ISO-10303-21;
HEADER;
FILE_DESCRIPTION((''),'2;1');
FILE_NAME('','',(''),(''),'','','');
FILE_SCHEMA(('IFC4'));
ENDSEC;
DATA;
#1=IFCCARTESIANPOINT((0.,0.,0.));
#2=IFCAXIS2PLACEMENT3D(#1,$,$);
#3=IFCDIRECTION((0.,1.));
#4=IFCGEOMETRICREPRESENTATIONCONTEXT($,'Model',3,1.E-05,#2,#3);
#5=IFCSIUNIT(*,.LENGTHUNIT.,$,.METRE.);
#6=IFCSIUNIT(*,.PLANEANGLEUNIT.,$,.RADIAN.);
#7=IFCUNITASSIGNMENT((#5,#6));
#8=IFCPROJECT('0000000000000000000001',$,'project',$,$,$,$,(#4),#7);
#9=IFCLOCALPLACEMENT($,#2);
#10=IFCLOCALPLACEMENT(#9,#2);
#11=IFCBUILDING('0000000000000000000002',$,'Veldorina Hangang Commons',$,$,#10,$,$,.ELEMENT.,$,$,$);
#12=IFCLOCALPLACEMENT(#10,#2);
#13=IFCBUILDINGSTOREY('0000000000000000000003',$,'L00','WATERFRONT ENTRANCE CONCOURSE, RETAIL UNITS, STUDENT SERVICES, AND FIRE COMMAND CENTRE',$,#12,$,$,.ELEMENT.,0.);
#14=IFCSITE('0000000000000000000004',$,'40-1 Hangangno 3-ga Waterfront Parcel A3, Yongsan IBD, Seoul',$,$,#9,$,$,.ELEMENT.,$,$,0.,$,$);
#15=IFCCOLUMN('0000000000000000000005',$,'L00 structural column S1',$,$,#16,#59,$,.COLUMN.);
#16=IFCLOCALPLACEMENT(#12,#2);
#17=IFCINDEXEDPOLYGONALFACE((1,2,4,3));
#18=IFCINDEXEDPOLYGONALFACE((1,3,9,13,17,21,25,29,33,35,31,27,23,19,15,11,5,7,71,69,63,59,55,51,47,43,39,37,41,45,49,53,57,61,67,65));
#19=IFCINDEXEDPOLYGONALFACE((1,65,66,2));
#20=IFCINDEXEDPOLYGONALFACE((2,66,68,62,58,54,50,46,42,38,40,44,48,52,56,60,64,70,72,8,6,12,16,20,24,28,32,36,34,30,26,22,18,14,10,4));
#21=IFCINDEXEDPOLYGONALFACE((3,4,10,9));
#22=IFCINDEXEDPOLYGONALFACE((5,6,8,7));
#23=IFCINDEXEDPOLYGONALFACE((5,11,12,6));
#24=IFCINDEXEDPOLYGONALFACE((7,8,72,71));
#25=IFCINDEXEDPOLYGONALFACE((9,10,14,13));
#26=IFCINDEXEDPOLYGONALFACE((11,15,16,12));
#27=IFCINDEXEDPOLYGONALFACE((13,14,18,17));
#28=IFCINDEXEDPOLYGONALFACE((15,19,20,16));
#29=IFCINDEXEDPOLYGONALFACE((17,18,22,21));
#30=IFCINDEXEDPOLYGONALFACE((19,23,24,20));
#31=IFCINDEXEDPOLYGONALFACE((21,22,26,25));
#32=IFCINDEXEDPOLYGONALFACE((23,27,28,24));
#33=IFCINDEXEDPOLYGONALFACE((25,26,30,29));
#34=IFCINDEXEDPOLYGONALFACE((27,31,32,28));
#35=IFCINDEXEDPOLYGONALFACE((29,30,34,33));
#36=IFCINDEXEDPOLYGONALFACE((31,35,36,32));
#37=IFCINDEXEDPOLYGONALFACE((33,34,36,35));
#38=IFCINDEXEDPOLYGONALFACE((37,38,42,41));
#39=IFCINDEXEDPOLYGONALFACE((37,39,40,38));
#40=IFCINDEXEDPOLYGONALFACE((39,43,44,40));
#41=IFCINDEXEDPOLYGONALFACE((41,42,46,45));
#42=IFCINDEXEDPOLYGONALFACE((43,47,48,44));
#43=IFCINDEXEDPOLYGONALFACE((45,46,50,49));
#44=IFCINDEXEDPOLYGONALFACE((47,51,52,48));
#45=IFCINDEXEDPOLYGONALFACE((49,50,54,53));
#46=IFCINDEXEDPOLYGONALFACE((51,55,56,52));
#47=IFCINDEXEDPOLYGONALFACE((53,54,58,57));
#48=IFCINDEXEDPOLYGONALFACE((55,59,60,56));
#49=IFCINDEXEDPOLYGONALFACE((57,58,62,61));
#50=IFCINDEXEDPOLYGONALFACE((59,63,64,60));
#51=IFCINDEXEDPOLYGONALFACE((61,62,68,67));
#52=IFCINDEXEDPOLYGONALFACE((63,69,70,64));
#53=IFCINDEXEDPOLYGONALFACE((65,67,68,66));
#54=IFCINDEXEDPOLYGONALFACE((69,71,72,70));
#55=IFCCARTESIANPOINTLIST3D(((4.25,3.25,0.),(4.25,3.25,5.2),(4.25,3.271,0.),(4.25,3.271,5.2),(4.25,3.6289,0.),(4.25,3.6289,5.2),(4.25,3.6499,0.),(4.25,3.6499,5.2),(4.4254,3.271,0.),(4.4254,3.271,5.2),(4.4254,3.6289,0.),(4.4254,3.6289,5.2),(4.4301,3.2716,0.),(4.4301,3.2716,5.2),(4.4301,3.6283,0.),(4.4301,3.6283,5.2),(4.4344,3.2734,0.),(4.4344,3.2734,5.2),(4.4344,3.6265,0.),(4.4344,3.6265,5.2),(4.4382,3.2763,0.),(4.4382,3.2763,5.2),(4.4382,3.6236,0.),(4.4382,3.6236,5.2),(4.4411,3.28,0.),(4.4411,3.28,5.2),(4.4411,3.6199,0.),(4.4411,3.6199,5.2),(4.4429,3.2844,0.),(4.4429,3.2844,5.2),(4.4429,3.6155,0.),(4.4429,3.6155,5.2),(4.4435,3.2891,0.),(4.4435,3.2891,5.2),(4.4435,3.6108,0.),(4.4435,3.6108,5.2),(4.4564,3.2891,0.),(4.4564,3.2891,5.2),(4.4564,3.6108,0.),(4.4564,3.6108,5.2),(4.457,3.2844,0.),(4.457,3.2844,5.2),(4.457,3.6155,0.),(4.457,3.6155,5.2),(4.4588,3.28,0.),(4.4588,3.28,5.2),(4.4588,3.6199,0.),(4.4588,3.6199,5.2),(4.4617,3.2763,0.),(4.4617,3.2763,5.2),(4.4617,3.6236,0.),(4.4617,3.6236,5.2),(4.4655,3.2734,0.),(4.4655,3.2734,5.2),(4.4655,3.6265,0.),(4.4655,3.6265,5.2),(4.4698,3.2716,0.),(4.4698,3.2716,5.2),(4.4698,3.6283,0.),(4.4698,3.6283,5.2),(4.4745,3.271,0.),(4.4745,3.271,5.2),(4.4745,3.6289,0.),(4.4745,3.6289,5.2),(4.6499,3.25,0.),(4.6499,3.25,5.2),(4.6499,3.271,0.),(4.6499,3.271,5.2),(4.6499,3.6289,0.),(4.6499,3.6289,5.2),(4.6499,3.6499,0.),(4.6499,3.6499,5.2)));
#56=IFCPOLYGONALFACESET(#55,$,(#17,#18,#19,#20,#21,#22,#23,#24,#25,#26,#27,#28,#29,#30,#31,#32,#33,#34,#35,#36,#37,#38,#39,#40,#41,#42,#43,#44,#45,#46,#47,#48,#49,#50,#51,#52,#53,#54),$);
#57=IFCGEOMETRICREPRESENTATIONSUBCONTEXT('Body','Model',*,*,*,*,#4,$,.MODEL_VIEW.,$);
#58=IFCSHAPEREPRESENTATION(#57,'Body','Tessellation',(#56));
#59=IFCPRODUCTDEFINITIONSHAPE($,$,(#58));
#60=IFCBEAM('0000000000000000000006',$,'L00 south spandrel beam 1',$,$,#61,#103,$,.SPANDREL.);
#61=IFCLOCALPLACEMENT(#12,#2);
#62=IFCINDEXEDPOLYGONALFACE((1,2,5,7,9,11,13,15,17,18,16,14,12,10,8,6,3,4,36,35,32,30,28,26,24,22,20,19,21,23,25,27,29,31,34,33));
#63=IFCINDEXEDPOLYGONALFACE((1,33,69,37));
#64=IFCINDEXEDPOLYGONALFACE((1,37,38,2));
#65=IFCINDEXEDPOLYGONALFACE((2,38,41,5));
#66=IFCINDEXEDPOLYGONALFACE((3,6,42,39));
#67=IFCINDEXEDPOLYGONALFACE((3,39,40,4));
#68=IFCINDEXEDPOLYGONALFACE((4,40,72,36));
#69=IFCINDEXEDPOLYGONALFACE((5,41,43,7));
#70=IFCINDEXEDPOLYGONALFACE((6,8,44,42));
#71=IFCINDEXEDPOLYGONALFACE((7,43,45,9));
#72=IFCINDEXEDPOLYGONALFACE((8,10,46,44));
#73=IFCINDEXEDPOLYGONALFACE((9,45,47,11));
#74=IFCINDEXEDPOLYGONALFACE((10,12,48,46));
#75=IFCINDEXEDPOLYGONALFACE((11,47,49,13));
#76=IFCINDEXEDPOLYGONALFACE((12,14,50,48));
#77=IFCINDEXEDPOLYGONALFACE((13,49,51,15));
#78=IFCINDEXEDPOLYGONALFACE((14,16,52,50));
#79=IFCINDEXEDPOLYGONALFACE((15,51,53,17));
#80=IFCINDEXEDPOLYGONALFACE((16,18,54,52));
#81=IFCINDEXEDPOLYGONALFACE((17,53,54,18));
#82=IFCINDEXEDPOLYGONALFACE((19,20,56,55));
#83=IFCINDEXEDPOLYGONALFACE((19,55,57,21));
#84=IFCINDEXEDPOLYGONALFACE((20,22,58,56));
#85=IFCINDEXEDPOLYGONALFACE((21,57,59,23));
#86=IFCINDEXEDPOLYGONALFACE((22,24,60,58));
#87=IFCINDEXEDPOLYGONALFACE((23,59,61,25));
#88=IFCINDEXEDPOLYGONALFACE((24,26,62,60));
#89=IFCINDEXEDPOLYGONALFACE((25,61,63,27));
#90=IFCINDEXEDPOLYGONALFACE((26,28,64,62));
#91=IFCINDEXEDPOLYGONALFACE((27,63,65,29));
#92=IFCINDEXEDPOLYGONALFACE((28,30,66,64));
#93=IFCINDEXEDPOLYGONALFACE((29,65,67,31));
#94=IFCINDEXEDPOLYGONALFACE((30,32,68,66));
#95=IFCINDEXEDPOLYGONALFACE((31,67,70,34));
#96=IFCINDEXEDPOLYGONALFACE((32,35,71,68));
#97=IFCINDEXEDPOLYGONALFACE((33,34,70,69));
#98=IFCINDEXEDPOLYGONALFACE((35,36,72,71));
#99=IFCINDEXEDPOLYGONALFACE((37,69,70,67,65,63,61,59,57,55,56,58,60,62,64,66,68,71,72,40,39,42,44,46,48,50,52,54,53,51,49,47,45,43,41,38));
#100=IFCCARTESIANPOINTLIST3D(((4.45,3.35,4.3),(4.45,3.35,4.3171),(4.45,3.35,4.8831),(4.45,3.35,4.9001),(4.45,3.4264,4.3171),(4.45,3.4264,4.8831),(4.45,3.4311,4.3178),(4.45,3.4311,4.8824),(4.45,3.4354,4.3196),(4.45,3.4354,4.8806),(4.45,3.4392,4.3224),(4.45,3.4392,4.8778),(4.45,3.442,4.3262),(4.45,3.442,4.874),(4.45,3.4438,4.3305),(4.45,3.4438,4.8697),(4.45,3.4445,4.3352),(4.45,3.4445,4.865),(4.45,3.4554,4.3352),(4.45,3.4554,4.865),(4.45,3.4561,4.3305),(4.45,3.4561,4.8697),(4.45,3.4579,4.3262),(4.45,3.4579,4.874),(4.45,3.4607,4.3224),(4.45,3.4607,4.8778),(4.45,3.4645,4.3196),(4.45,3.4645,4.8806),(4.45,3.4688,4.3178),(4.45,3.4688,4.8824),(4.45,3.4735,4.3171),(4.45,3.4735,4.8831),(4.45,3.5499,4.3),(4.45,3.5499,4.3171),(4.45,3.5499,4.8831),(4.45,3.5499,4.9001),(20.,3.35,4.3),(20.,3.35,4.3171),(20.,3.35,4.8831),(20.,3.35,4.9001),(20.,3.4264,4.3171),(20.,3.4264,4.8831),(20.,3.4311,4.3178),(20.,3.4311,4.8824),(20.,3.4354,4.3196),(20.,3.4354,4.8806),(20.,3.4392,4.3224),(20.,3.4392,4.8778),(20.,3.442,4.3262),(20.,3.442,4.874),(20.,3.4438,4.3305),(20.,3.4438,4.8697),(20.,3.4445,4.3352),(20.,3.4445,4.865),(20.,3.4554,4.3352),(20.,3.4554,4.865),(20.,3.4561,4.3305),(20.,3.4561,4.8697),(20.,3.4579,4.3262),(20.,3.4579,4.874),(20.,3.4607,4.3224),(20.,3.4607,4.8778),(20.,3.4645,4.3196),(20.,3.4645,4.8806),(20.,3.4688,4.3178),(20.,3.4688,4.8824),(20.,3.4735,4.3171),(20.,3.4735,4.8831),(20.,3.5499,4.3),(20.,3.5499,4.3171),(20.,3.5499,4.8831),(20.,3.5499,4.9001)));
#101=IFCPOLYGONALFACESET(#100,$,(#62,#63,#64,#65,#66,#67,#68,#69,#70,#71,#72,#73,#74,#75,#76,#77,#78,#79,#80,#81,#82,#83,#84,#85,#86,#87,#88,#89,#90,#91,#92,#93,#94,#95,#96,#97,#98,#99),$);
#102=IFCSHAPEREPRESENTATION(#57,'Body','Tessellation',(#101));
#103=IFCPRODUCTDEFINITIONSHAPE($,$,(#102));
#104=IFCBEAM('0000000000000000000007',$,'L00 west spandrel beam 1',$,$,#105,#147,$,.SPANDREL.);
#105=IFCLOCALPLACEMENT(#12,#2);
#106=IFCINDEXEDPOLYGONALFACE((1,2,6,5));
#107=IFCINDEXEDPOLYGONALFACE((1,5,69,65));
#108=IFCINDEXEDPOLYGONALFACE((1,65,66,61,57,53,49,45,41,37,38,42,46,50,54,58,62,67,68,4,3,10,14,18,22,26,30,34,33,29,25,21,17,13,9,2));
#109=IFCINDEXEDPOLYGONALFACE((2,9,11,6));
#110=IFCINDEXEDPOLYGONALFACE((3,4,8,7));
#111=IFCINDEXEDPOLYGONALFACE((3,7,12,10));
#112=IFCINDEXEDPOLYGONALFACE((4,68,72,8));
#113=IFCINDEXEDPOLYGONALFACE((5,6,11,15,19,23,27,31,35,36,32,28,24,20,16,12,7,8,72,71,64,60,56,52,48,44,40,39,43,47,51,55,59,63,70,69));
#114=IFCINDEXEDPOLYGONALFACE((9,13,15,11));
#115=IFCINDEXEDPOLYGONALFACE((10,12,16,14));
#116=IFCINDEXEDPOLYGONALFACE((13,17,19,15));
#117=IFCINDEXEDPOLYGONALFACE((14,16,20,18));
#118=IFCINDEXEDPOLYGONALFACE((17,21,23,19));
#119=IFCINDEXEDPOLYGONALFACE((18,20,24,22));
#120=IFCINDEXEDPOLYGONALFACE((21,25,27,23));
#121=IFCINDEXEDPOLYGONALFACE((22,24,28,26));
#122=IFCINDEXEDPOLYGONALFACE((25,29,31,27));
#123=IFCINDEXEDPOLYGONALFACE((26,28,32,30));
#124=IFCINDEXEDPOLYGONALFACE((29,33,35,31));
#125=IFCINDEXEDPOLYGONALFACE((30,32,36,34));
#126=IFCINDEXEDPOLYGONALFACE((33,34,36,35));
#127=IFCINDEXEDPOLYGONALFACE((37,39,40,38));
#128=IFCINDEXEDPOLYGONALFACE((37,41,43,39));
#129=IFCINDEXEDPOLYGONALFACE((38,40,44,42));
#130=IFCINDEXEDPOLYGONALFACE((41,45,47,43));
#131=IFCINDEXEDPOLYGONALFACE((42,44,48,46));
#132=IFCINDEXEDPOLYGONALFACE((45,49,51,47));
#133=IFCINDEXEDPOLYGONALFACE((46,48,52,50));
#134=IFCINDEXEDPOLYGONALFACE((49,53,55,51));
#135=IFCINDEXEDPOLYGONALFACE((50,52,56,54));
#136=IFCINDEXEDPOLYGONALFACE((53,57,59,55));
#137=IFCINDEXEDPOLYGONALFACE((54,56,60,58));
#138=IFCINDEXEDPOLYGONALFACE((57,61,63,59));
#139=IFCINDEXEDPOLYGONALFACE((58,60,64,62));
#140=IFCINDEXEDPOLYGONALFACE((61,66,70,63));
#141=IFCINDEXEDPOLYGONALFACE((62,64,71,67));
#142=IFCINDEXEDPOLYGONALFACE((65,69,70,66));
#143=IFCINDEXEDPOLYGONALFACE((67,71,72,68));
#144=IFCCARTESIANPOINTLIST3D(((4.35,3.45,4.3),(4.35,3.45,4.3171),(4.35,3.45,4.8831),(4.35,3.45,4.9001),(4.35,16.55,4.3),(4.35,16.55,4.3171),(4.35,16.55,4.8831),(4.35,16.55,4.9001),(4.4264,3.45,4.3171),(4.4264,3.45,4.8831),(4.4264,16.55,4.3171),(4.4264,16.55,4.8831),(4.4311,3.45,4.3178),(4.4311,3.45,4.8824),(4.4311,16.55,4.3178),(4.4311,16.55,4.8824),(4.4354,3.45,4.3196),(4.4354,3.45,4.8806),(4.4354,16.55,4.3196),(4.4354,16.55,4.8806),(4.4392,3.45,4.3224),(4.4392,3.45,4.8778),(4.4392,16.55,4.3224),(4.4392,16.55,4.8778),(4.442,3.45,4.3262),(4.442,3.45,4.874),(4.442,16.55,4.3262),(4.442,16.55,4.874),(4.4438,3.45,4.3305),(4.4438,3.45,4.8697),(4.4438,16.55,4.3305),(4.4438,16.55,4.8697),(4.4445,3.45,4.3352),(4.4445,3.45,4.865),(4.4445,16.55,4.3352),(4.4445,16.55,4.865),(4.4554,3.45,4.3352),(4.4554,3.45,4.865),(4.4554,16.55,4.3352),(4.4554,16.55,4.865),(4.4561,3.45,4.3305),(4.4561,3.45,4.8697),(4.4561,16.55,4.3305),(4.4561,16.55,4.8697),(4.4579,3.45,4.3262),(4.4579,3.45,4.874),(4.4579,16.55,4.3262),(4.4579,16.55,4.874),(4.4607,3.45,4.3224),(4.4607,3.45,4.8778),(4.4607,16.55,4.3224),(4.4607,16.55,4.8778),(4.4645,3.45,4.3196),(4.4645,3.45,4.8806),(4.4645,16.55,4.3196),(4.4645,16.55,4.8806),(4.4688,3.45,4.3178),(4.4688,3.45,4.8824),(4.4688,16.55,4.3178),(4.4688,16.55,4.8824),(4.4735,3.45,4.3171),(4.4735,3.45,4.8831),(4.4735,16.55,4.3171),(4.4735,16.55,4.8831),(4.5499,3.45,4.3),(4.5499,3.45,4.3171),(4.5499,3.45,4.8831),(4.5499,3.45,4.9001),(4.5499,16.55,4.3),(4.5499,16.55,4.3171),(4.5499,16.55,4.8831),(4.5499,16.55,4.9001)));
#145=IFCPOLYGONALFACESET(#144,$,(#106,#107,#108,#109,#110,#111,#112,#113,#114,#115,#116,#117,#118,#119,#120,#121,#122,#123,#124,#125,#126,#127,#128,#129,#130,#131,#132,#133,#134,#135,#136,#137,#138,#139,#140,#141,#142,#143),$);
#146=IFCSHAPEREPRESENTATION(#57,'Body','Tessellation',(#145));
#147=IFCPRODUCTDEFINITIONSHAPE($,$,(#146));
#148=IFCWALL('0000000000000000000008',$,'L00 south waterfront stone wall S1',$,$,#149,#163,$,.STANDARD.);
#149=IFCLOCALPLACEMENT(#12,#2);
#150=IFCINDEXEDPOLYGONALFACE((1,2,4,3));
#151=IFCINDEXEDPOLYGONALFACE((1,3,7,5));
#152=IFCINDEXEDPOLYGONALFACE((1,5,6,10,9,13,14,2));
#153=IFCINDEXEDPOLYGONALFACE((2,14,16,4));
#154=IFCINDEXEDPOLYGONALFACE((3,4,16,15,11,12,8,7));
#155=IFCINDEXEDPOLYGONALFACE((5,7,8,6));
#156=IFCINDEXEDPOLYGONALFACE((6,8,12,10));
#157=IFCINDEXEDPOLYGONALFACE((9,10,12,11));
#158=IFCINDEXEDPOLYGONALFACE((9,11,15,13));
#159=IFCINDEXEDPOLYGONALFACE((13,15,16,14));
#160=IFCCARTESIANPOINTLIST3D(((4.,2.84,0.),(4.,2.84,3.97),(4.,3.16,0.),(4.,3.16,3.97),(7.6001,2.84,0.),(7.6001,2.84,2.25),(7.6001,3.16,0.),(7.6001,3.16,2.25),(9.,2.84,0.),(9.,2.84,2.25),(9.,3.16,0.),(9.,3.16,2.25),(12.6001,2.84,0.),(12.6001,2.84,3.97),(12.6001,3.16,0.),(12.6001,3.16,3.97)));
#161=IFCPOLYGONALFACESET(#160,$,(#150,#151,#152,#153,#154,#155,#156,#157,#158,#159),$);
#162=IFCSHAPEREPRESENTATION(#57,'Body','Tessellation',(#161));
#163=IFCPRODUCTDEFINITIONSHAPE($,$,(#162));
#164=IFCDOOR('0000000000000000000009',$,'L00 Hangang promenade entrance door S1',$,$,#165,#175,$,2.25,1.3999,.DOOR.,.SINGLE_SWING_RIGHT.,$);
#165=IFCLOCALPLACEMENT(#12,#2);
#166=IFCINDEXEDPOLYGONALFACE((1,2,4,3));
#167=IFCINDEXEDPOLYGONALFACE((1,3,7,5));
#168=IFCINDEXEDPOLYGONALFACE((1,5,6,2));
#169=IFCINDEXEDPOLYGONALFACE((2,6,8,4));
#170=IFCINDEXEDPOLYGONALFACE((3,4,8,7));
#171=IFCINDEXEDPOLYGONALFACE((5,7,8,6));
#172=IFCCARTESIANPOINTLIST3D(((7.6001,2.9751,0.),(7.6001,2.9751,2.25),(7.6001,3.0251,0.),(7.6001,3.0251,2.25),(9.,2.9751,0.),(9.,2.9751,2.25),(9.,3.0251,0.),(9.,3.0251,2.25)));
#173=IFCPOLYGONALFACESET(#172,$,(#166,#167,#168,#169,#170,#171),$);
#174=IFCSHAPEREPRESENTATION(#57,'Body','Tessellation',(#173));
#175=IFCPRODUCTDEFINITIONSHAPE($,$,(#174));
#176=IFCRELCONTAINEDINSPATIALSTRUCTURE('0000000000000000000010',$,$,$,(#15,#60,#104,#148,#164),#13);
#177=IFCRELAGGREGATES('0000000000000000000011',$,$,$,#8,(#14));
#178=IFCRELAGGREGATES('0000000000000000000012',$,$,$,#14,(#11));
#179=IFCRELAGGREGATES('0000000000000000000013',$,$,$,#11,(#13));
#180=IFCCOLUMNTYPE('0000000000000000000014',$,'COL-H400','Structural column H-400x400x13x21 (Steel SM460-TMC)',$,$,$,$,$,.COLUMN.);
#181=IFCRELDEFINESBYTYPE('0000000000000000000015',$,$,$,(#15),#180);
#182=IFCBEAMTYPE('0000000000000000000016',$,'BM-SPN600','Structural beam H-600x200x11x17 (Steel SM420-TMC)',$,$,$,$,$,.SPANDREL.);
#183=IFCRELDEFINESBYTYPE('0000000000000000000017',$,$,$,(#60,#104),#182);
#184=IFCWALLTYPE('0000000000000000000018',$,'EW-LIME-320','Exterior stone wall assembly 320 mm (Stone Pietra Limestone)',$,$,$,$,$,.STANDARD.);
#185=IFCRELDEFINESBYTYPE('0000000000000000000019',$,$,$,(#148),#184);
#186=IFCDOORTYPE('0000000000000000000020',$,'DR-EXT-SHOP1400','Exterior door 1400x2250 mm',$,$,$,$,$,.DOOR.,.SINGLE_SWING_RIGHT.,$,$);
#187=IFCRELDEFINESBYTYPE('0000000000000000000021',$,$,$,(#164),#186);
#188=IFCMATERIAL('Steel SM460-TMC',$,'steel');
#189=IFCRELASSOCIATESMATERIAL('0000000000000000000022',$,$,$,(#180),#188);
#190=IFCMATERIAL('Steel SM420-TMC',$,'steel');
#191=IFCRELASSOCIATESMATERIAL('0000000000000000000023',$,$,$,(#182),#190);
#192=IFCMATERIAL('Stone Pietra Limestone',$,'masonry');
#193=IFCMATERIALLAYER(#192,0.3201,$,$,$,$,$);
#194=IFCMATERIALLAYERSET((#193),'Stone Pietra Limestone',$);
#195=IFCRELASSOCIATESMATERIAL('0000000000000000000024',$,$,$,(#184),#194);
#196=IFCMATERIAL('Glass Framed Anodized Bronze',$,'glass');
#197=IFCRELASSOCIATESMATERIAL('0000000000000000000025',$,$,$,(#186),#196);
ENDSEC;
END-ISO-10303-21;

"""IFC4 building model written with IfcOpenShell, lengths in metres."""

from ifc_helpers import new_model, si_unit, direction, frame, frame_2d, origin, origin_2d, place, context, subcontext, project, spatial, rectangle, i_section, extrude, material, layer, layer_set, material_profile, profile_set, type_object, element, fill, save


model = new_model("IFC4")

# Units and contexts
model_context = context("Model", 3, precision=1e-05, world=origin(), true_north=direction((0.0, 1.0)))
body_context = subcontext(model_context, "Body", "Model", "MODEL_VIEW")
ifc_project = project(units=[si_unit("LENGTHUNIT", "METRE"), si_unit("PLANEANGLEUNIT", "RADIAN")], contexts=[model_context])

# Site, building, storey
site_placement = place(None, origin())
site = spatial("IfcSite", under=ifc_project, at=site_placement, Name="40-1 Hangangno 3-ga Waterfront Parcel A3, Yongsan IBD, Seoul", CompositionType="ELEMENT", RefElevation=0.0)
building_placement = place(site_placement, origin())
building = spatial("IfcBuilding", under=site, at=building_placement, Name="Veldorina Hangang Commons", CompositionType="ELEMENT")
storey_placement = place(building_placement, origin())
storey = spatial("IfcBuildingStorey", under=building, at=storey_placement, Name="L00", Description="WATERFRONT ENTRANCE CONCOURSE, RETAIL UNITS, STUDENT SERVICES, AND FIRE COMMAND CENTRE", CompositionType="ELEMENT", Elevation=0.0)

# Column
ifc_material_1 = material(Name="Steel SM460-TMC", Category="steel")
ifc_material_profile_1 = material_profile(ifc_material_1, i_section(OverallWidth=0.3999, OverallDepth=0.3999, WebThickness=0.0129, FlangeThickness=0.021, FilletRadius=0.0181, at=origin_2d()), Name="H-400x400x13x21")
ifc_profile_set_1 = profile_set([ifc_material_profile_1], Name="Steel SM460-TMC")
column_type = type_object("IfcColumnType", Name="COL-H400", Description="Structural column H-400x400x13x21 (Steel SM460-TMC)", PredefinedType="COLUMN", material=ifc_profile_set_1)
column_placement = place(storey_placement, frame((4.45, 3.45, 0.0), z_axis=(0.0, 0.0, 1.0), x_axis=(1.0, 0.0, 0.0)))
element("IfcColumn", 1, at=column_placement, inside=storey, type_object=column_type, Name="L00 structural column S1", PredefinedType="COLUMN", context=body_context, shape_type="SweptSolid", body=[
    extrude(i_section(OverallWidth=0.3999, OverallDepth=0.3999, WebThickness=0.0129, FlangeThickness=0.021, FilletRadius=0.0181, at=origin_2d()), origin(), (0.0, 0.0, 1.0), 5.2),
])

# Beams
ifc_material_2 = material(Name="Steel SM420-TMC", Category="steel")
ifc_material_profile_2 = material_profile(ifc_material_2, i_section(OverallWidth=0.2, OverallDepth=0.6001, WebThickness=0.011, FlangeThickness=0.0171, FilletRadius=0.0181, at=origin_2d()), Name="H-600x200x11x17")
ifc_profile_set_2 = profile_set([ifc_material_profile_2], Name="Steel SM420-TMC")
beam_type = type_object("IfcBeamType", Name="BM-SPN600", Description="Structural beam H-600x200x11x17 (Steel SM420-TMC)", PredefinedType="SPANDREL", material=ifc_profile_set_2)
beam_1_placement = place(storey_placement, frame((4.45, 3.45, 4.6001), z_axis=(1.0, 0.0, 0.0), x_axis=(0.0, 1.0, 0.0)))
element("IfcBeam", 2, at=beam_1_placement, inside=storey, type_object=beam_type, Name="L00 south spandrel beam 1", PredefinedType="SPANDREL", context=body_context, shape_type="SweptSolid", body=[
    extrude(i_section(OverallWidth=0.2, OverallDepth=0.6001, WebThickness=0.011, FlangeThickness=0.0171, FilletRadius=0.0181, at=origin_2d()), origin(), (0.0, 0.0, 1.0), 15.55),
])
beam_2_placement = place(storey_placement, frame((4.45, 3.45, 4.6001), z_axis=(0.0, 1.0, 0.0), x_axis=(-1.0, 0.0, 0.0)))
element("IfcBeam", 3, at=beam_2_placement, inside=storey, type_object=beam_type, Name="L00 west spandrel beam 1", PredefinedType="SPANDREL", context=body_context, shape_type="SweptSolid", body=[
    extrude(i_section(OverallWidth=0.2, OverallDepth=0.6001, WebThickness=0.011, FlangeThickness=0.0171, FilletRadius=0.0181, at=origin_2d()), origin(), (0.0, 0.0, 1.0), 13.1001),
])

# Wall, opening, door
ifc_material_3 = material(Name="Stone Pietra Limestone", Category="masonry")
ifc_layer_1 = layer(ifc_material_3, 0.3201)
ifc_layer_set_1 = layer_set([ifc_layer_1], Name="Stone Pietra Limestone")
wall_type_1 = type_object("IfcWallType", Name="EW-LIME-320", Description="Exterior stone wall assembly 320 mm (Stone Pietra Limestone)", PredefinedType="STANDARD", material=ifc_layer_set_1)
wall_1_placement = place(storey_placement, frame((4.0, 3.0, 0.0), z_axis=(0.0, 0.0, 1.0), x_axis=(1.0, 0.0, 0.0)))
wall_1 = element("IfcWall", 4, at=wall_1_placement, inside=storey, type_object=wall_type_1, Name="L00 south waterfront stone wall S1", PredefinedType="STANDARD", context=body_context, shape_type="SweptSolid", body=[
    extrude(rectangle(XDim=8.6001, YDim=0.3201, at=frame_2d((4.3, 0.0))), origin(), (0.0, 0.0, 1.0), 3.97),
])
opening_1_placement = place(wall_1_placement, frame((3.6001, 0.0, 0.0)))
opening_1 = element("IfcOpeningElement", 5, at=opening_1_placement, cuts=wall_1, PredefinedType="OPENING", context=body_context, shape_type="SweptSolid", body=[
    extrude(rectangle(XDim=1.3999, YDim=2.25, at=frame_2d((0.7, 1.125))), frame((0.0, 0.1699, 0.0), z_axis=(0.0, -1.0, 0.0), x_axis=(1.0, 0.0, 0.0)), (0.0, 0.0, 1.0), 0.3401),
])
ifc_material_4 = material(Name="Glass Framed Anodized Bronze", Category="glass")
door_type_1 = type_object("IfcDoorType", Name="DR-EXT-SHOP1400", Description="Exterior door 1400x2250 mm", OperationType="SINGLE_SWING_RIGHT", PredefinedType="DOOR", material=ifc_material_4)
door_1_placement = place(opening_1_placement, frame((1.3999, 0.0, 0.0), z_axis=(0.0, 0.0, 1.0), x_axis=(-1.0, 0.0, 0.0)))
door_1 = element("IfcDoor", 6, at=door_1_placement, inside=storey, type_object=door_type_1, Name="L00 Hangang promenade entrance door S1", OperationType="SINGLE_SWING_RIGHT", OverallHeight=2.25, OverallWidth=1.3999, PredefinedType="DOOR", context=body_context, shape_type="SweptSolid", body=[
    extrude(rectangle(XDim=1.3999, YDim=2.25, at=frame_2d((0.7, 1.125))), frame((0.0, 0.0249, 0.0), z_axis=(0.0, -1.0, 0.0), x_axis=(1.0, 0.0, 0.0)), (0.0, 0.0, 1.0), 0.05),
])
fill(opening_1, door_1)

save(model, "model.ifc")
